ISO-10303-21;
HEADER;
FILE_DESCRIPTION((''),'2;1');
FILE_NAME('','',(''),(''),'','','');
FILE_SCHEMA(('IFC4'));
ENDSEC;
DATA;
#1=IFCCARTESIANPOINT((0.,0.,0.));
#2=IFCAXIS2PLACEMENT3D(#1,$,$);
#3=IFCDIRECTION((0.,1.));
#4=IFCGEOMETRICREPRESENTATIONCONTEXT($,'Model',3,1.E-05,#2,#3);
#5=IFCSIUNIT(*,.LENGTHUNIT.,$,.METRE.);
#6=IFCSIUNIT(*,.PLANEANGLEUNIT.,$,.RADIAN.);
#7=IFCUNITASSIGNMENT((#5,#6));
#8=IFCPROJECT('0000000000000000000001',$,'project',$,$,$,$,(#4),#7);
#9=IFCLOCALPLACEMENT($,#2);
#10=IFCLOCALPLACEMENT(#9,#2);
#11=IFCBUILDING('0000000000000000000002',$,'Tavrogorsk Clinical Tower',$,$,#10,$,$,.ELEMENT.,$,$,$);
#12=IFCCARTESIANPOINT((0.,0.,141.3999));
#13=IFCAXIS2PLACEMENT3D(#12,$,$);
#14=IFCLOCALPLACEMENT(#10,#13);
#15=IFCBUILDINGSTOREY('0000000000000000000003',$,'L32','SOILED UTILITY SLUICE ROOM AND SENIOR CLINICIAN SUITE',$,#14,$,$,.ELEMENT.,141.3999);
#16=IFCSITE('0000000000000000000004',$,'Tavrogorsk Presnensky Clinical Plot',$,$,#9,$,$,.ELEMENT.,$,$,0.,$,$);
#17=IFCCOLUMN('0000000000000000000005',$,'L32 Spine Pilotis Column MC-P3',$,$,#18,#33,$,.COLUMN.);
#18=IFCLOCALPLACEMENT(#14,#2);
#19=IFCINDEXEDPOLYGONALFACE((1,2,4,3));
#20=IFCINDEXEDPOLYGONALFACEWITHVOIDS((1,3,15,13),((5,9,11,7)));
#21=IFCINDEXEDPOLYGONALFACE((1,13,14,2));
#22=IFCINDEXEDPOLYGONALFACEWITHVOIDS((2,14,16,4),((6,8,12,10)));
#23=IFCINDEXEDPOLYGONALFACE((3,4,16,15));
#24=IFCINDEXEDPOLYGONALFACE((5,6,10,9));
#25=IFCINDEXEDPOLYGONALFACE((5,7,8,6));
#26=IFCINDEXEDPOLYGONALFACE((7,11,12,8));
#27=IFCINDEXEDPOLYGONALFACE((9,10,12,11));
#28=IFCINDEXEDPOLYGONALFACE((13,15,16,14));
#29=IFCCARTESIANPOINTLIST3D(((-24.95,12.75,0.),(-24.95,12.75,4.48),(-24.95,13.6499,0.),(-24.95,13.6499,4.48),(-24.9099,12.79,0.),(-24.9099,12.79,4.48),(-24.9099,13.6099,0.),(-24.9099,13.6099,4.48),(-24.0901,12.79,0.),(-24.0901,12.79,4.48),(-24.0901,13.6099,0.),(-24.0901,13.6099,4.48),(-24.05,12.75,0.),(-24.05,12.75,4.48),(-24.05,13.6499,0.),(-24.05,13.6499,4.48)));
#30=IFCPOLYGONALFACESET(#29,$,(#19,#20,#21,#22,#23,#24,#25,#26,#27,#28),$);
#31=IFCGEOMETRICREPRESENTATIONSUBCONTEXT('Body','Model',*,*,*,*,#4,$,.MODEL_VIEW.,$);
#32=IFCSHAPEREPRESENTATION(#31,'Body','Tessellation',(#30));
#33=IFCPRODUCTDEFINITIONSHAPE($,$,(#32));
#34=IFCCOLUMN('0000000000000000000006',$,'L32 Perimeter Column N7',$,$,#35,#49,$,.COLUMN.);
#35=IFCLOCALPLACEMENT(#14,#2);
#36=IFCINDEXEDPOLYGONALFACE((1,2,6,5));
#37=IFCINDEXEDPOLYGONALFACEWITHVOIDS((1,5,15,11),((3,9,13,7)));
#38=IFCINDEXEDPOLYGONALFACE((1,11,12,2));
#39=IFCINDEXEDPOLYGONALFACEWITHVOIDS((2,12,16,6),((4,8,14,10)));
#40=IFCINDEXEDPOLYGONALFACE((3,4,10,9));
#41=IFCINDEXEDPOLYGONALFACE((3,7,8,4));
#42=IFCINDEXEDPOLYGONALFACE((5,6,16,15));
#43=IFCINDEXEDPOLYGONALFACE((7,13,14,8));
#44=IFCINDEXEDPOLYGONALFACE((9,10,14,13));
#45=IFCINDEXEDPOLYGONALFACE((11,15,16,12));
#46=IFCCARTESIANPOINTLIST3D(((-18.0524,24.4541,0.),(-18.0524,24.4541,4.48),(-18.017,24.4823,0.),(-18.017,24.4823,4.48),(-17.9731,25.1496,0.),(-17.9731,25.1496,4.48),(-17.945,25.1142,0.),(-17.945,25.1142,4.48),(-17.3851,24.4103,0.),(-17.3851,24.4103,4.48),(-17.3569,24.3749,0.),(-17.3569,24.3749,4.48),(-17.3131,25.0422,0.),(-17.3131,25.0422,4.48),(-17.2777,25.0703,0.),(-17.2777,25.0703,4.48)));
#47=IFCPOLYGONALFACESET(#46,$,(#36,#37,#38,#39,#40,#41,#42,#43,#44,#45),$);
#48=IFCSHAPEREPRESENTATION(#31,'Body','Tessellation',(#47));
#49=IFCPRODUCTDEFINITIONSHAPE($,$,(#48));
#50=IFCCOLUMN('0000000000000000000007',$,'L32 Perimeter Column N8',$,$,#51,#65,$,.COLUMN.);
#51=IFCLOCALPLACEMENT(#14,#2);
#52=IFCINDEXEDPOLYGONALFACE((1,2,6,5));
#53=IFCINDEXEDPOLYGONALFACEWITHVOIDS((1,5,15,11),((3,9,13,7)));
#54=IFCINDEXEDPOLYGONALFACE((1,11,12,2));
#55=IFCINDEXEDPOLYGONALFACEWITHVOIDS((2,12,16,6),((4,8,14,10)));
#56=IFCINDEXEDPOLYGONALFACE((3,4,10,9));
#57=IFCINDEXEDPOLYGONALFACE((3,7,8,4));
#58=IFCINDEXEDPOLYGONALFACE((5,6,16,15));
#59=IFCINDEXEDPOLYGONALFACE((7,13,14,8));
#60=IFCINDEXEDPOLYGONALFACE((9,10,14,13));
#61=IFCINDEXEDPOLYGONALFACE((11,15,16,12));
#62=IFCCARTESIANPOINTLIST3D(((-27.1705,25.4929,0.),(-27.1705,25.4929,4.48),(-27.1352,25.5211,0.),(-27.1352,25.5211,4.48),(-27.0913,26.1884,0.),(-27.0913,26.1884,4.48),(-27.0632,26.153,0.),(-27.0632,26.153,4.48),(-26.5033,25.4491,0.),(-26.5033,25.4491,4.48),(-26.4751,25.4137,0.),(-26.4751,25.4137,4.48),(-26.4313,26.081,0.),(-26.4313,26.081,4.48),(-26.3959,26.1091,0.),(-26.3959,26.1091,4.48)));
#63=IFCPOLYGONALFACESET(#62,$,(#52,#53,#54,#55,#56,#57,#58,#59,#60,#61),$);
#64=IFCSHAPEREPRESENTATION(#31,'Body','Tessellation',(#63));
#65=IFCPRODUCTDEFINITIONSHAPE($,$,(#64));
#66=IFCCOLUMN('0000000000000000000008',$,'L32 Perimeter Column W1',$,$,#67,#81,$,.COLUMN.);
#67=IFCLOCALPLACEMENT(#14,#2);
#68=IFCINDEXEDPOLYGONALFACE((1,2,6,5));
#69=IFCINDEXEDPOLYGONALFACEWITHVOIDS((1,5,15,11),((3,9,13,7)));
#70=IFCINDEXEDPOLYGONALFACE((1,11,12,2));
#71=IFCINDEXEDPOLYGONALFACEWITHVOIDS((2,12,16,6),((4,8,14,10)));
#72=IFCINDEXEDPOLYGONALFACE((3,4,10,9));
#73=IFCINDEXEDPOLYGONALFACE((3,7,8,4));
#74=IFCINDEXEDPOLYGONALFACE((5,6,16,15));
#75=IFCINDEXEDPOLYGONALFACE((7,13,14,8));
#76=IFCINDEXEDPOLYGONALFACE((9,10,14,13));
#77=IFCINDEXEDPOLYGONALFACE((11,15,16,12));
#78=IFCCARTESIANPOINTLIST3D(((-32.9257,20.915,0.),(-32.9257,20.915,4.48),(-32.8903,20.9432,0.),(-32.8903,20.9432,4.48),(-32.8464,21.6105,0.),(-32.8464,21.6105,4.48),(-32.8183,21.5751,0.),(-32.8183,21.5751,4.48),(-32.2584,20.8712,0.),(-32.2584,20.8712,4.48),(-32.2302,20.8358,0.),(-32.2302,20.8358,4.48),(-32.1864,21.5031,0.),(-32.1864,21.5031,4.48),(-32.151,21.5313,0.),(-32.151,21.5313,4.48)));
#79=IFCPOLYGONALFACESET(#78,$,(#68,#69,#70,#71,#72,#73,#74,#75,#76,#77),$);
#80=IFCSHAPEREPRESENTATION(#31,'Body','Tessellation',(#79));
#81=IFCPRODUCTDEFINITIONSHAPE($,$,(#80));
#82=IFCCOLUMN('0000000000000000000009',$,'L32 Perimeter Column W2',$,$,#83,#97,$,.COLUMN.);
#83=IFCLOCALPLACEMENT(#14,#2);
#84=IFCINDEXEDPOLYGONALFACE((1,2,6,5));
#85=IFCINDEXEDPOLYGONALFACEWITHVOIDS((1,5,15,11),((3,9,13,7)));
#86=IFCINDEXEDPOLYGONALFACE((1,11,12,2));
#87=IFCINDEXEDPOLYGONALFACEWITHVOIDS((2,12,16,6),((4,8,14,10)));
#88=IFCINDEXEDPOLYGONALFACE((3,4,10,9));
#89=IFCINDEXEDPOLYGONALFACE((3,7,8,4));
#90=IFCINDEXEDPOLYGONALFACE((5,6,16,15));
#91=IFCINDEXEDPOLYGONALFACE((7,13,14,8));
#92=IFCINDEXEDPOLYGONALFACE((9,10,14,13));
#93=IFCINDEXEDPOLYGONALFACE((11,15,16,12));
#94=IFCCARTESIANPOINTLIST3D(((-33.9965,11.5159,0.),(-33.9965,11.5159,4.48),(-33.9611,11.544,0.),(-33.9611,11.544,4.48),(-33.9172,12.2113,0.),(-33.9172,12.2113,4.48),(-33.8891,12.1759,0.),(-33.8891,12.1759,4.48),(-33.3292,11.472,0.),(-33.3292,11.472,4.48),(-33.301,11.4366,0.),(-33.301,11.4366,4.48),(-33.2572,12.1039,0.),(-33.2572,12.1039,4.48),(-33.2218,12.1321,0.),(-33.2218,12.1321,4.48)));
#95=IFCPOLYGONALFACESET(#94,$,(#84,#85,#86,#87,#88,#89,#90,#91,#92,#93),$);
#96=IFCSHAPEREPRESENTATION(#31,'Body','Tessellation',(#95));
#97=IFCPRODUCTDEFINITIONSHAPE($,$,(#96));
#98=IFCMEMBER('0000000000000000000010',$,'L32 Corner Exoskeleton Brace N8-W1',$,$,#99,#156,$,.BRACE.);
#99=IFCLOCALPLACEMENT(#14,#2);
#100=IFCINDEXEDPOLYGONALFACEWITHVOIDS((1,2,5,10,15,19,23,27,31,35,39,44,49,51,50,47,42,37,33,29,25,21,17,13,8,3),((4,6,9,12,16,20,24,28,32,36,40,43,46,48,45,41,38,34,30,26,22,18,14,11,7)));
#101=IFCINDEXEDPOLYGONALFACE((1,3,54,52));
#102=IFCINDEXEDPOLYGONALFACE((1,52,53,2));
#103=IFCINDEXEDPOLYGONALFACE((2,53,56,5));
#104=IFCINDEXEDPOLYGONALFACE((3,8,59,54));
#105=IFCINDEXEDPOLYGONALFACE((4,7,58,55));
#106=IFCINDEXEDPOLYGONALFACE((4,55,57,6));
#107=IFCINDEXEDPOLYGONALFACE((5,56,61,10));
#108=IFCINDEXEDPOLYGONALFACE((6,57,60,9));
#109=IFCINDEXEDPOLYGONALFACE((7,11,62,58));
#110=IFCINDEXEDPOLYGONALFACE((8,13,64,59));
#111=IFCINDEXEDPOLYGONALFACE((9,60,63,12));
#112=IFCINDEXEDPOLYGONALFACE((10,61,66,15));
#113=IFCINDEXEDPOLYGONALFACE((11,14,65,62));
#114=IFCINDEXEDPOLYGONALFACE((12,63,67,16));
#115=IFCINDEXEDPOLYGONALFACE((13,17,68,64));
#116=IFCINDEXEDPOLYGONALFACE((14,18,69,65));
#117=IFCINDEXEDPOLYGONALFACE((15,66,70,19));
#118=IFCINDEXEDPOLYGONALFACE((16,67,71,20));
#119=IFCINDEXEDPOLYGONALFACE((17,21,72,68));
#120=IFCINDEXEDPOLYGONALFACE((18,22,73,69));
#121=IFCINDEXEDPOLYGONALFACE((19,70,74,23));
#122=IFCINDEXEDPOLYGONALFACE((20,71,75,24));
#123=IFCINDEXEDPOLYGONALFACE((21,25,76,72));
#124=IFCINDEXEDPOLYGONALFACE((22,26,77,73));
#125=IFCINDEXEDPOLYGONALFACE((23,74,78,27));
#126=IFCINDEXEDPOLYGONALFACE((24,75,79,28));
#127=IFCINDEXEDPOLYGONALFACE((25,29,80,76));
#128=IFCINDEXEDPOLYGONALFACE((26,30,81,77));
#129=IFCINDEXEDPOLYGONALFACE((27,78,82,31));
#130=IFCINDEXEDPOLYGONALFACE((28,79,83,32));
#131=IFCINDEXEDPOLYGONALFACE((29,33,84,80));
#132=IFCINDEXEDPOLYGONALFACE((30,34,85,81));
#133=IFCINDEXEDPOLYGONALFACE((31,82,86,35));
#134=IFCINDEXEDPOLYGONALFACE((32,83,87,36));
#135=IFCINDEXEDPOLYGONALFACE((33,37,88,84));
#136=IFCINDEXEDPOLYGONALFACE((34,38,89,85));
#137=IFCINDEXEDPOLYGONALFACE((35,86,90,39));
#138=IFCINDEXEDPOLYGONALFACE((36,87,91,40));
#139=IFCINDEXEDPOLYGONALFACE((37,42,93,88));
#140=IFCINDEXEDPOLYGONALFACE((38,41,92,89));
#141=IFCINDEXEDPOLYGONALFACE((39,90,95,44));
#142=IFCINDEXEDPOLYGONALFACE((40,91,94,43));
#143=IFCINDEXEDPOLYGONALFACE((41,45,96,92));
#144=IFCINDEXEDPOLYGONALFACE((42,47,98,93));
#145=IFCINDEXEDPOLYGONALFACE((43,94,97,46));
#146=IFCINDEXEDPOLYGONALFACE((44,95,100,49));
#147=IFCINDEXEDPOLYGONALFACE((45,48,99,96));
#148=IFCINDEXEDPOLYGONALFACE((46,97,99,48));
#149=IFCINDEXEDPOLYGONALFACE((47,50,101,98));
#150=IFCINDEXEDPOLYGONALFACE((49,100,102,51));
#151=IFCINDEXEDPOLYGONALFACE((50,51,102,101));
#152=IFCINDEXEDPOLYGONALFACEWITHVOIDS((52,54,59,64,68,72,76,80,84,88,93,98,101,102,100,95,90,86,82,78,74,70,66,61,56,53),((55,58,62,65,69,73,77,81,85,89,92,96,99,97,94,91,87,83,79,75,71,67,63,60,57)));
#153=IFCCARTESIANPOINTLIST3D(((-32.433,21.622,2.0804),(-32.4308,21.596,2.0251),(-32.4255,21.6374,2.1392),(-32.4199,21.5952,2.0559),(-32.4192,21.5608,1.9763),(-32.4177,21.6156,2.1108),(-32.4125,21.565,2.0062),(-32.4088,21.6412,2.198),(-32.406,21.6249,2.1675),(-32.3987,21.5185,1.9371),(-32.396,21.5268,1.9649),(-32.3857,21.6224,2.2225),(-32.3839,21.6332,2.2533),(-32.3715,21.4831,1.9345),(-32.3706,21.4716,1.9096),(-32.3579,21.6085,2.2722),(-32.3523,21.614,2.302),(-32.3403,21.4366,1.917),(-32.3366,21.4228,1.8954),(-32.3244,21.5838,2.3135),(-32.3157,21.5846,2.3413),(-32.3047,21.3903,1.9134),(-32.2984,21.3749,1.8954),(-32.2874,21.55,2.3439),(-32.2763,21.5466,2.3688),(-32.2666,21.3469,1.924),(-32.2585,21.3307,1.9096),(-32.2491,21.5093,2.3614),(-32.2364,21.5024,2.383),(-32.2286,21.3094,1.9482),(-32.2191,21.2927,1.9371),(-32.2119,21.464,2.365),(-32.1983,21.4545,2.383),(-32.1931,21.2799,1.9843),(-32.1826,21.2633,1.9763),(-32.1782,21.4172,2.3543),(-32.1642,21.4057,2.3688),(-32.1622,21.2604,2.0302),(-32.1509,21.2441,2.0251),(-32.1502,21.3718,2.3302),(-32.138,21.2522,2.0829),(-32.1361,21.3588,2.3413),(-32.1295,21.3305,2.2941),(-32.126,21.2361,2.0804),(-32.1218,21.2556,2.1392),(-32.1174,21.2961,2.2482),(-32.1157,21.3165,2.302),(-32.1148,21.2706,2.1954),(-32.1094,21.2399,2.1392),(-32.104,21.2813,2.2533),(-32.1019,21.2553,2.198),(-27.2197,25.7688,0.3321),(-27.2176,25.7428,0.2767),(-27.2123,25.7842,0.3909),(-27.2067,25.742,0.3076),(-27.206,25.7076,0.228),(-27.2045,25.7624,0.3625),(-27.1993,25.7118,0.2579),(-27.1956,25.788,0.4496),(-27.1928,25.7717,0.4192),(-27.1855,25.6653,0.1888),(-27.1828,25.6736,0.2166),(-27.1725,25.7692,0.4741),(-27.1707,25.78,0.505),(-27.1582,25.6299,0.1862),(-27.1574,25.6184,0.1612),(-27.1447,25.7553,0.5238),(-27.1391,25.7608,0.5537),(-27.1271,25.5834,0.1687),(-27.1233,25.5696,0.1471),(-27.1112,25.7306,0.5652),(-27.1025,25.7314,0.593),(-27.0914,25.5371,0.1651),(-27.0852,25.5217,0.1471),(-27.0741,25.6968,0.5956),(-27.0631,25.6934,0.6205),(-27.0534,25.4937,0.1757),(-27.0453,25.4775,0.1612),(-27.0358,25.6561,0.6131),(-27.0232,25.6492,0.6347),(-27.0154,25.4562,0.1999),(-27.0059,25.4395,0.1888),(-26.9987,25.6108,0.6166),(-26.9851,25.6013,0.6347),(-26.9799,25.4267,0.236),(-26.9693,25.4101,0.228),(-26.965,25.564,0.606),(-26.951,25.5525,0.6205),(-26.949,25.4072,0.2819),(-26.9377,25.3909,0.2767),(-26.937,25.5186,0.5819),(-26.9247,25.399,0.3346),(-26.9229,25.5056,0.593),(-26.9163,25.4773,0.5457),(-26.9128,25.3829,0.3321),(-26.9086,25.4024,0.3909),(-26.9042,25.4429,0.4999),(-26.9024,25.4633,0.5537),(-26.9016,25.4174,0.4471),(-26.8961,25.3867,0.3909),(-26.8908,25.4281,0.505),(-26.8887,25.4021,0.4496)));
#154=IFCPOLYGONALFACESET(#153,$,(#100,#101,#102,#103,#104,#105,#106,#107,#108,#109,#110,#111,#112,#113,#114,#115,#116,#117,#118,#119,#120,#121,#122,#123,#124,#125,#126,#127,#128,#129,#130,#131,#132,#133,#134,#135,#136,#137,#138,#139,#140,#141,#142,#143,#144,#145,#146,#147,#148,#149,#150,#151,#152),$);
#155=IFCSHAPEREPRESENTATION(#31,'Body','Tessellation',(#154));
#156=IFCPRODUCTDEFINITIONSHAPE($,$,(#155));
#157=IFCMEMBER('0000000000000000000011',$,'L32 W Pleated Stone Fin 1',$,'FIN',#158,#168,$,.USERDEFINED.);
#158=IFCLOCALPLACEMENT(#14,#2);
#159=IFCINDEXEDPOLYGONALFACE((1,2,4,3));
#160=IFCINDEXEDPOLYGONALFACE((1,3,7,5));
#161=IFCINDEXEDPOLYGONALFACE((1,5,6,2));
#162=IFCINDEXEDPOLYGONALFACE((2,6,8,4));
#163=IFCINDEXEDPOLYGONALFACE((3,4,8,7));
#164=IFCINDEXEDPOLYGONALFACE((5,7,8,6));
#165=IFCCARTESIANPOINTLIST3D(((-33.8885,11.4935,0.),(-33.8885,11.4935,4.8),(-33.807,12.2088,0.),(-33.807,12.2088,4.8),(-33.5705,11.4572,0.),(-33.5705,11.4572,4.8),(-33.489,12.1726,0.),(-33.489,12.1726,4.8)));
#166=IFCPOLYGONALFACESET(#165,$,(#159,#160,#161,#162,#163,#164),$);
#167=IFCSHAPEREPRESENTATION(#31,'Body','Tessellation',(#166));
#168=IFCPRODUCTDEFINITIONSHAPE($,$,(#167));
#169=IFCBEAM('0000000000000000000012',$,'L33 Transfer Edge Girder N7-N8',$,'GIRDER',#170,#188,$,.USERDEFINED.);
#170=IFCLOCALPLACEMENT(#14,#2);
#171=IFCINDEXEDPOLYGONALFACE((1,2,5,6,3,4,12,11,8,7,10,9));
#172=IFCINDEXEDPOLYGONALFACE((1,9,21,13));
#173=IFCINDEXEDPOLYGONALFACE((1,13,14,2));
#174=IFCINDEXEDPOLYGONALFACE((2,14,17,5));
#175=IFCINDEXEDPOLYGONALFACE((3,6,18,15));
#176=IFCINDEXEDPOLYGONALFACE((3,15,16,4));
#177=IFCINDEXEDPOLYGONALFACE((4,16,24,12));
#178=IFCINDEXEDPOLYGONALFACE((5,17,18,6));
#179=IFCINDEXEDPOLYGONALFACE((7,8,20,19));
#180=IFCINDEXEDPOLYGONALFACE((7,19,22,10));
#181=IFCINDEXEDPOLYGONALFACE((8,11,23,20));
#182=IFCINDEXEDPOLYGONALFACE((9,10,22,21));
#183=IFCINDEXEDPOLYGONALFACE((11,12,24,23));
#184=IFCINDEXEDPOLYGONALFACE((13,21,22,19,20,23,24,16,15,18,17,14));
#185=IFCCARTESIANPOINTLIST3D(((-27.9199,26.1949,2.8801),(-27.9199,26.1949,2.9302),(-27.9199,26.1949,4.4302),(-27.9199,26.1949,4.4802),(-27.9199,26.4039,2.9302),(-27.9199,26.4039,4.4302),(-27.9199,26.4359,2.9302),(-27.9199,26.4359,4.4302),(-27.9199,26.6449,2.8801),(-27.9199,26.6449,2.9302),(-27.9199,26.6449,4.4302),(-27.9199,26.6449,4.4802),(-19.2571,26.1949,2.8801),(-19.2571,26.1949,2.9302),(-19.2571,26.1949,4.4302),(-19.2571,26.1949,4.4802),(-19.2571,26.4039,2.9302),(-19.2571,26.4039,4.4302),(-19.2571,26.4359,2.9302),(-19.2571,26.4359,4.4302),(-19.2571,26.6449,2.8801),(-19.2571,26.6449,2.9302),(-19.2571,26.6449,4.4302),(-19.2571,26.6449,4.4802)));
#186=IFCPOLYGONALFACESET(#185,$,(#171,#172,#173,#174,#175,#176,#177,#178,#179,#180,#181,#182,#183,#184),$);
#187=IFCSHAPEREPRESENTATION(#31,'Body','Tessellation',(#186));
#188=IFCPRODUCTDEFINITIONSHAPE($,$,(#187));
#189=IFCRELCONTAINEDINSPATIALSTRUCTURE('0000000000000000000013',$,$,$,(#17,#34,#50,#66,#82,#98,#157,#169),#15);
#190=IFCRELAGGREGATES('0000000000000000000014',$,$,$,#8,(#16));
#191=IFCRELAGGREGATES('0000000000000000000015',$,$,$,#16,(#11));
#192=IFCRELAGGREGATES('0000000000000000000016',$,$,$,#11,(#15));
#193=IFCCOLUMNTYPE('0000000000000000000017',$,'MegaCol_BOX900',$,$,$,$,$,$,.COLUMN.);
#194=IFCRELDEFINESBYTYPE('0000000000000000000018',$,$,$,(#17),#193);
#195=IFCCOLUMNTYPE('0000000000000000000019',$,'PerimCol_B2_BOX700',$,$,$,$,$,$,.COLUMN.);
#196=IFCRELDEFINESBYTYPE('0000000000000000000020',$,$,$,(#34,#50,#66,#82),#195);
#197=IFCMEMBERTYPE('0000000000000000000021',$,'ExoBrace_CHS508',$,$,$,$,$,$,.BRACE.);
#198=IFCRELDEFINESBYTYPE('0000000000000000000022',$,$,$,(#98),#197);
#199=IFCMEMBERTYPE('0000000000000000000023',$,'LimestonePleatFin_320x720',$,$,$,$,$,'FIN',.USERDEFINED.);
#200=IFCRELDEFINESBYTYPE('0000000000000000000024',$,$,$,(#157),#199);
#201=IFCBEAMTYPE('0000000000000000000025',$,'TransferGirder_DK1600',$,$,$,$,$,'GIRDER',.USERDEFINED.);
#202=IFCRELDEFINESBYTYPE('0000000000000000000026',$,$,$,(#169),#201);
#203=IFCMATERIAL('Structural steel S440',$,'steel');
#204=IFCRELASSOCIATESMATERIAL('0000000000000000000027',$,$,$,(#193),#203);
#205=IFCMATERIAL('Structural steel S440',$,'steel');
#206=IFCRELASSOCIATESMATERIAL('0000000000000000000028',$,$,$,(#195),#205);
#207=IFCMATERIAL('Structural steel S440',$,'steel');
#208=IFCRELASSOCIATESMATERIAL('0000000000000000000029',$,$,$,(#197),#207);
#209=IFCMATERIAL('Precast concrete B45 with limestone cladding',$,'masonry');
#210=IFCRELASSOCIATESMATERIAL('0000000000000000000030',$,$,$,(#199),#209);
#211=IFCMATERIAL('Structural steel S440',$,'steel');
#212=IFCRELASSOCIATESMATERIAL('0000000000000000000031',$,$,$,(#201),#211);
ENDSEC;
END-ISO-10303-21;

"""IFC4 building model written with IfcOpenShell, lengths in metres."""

from ifc_helpers import new_model, si_unit, direction, frame, origin, origin_2d, place, context, subcontext, project, spatial, rectangle, hollow_rectangle, hollow_circle, i_section, extrude, material, material_profile, profile_set, type_object, element, save


model = new_model("IFC4")

# Units and contexts
model_context = context("Model", 3, precision=1e-05, world=origin(), true_north=direction((0.0, 1.0)))
body_context = subcontext(model_context, "Body", "Model", "MODEL_VIEW")
ifc_project = project(units=[si_unit("LENGTHUNIT", "METRE"), si_unit("PLANEANGLEUNIT", "RADIAN")], contexts=[model_context])

# Site, building, storey
site_placement = place(None, origin())
site = spatial("IfcSite", under=ifc_project, at=site_placement, Name="Tavrogorsk Presnensky Clinical Plot", CompositionType="ELEMENT", RefElevation=0.0)
building_placement = place(site_placement, origin())
building = spatial("IfcBuilding", under=site, at=building_placement, Name="Tavrogorsk Clinical Tower", CompositionType="ELEMENT")
storey_placement = place(building_placement, frame((0.0, 0.0, 141.3999)))
storey = spatial("IfcBuildingStorey", under=building, at=storey_placement, Name="L32", Description="SOILED UTILITY SLUICE ROOM AND SENIOR CLINICIAN SUITE", CompositionType="ELEMENT", Elevation=141.3999)

# Columns
ifc_material_1 = material(Name="Structural steel S440", Category="steel")
ifc_material_profile_1 = material_profile(ifc_material_1, hollow_rectangle(XDim=0.8999, YDim=0.8999, WallThickness=0.04, at=origin_2d()), Name="BOX-900x900x40")
ifc_profile_set_1 = profile_set([ifc_material_profile_1], Name="Structural steel S440")
column_type_1 = type_object("IfcColumnType", Name="MegaCol_BOX900", PredefinedType="COLUMN", material=ifc_profile_set_1)
column_placement = place(storey_placement, frame((-24.5, 13.2, 0.0), z_axis=(0.0, 0.0, 1.0), x_axis=(1.0, 0.0, 0.0)))
element("IfcColumn", 1, at=column_placement, inside=storey, type_object=column_type_1, Name="L32 Spine Pilotis Column MC-P3", PredefinedType="COLUMN", context=body_context, shape_type="SweptSolid", body=[
    extrude(hollow_rectangle(XDim=0.8999, YDim=0.8999, WallThickness=0.04, at=origin_2d()), origin(), (0.0, 0.0, 1.0), 4.48),
])
ifc_material_2 = material(Name="Structural steel S440", Category="steel")
ifc_material_profile_2 = material_profile(ifc_material_2, hollow_rectangle(XDim=0.7, YDim=0.7, WallThickness=0.032, at=origin_2d()), Name="BOX-700x700x32")
ifc_profile_set_2 = profile_set([ifc_material_profile_2], Name="Structural steel S440")
column_type_2 = type_object("IfcColumnType", Name="PerimCol_B2_BOX700", PredefinedType="COLUMN", material=ifc_profile_set_2)
for number, where, z_axis, x_axis, name in (
    (2, (-17.665, 24.7622, 0.0), (0.0, 0.0, 1.0), (0.993572, -0.113203, 0.0), "L32 Perimeter Column N7"),
    (3, (-26.7832, 25.801, 0.0), (0.0, 0.0, 1.0), (0.993572, -0.113203, 0.0), "L32 Perimeter Column N8"),
    (4, (-32.5383, 21.2231, 0.0), (0.0, 0.0, 1.0), (0.993572, -0.113203, 0.0), "L32 Perimeter Column W1"),
    (5, (-33.6091, 11.824, 0.0), (0.0, 0.0, 1.0), (0.993572, -0.113203, 0.0), "L32 Perimeter Column W2"),
):
    element("IfcColumn", number, at=place(storey_placement, frame(where, z_axis=z_axis, x_axis=x_axis)), inside=storey, type_object=column_type_2, Name=name, PredefinedType="COLUMN", context=body_context, shape_type="SweptSolid", body=[
        extrude(hollow_rectangle(XDim=0.7, YDim=0.7, WallThickness=0.032, at=origin_2d()), origin(), (0.0, 0.0, 1.0), 4.48),
    ])

# Members
ifc_material_3 = material(Name="Structural steel S440", Category="steel")
ifc_material_profile_3 = material_profile(ifc_material_3, hollow_circle(Radius=0.2539, WallThickness=0.02, at=origin_2d()), Name="CHS-508x20")
ifc_profile_set_3 = profile_set([ifc_material_profile_3], Name="Structural steel S440")
member_type_1 = type_object("IfcMemberType", Name="ExoBrace_CHS508", PredefinedType="BRACE", material=ifc_profile_set_3)
member_1_placement = place(storey_placement, frame((-27.0542, 25.5854, 0.3909), z_axis=(-0.75697, -0.602123, 0.253859), x_axis=(0.622516, -0.782607, 0.0)))
element("IfcMember", 6, at=member_1_placement, inside=storey, type_object=member_type_1, Name="L32 Corner Exoskeleton Brace N8-W1", PredefinedType="BRACE", context=body_context, shape_type="SweptSolid", body=[
    extrude(hollow_circle(Radius=0.2539, WallThickness=0.02, at=origin_2d()), origin(), (0.0, 0.0, 1.0), 6.887),
])
ifc_material_4 = material(Name="Precast concrete B45 with limestone cladding", Category="masonry")
ifc_material_profile_4 = material_profile(ifc_material_4, rectangle(XDim=0.3201, YDim=0.72, at=origin_2d()), Name="LIMESTONE-FIN-320x720")
ifc_profile_set_4 = profile_set([ifc_material_profile_4], Name="Precast concrete B45 with limestone cladding")
member_type_2 = type_object("IfcMemberType", Name="LimestonePleatFin_320x720", ElementType="FIN", PredefinedType="USERDEFINED", material=ifc_profile_set_4)
member_2_placement = place(storey_placement, frame((-33.6887, 11.833, 0.0), z_axis=(0.0, 0.0, 1.0), x_axis=(0.993572, -0.113203, 0.0)))
element("IfcMember", 7, at=member_2_placement, inside=storey, type_object=member_type_2, Name="L32 W Pleated Stone Fin 1", ObjectType="FIN", PredefinedType="USERDEFINED", context=body_context, shape_type="SweptSolid", body=[
    extrude(rectangle(XDim=0.3201, YDim=0.72, at=origin_2d()), origin(), (0.0, 0.0, 1.0), 4.8),
])

# Beam
ifc_material_5 = material(Name="Structural steel S440", Category="steel")
ifc_material_profile_5 = material_profile(ifc_material_5, i_section(OverallWidth=0.45, OverallDepth=1.6001, WebThickness=0.032, FlangeThickness=0.05, at=origin_2d()), Name="DK-1600x450x32x50")
ifc_profile_set_5 = profile_set([ifc_material_profile_5], Name="Structural steel S440")
beam_type_1 = type_object("IfcBeamType", Name="TransferGirder_DK1600", ElementType="GIRDER", PredefinedType="USERDEFINED", material=ifc_profile_set_5)
beam_1_placement = place(storey_placement, frame((-19.2571, 26.4199, 3.6802), z_axis=(-1.0, 0.0, 0.0), x_axis=(0.0, -1.0, 0.0)))
element("IfcBeam", 8, at=beam_1_placement, inside=storey, type_object=beam_type_1, Name="L33 Transfer Edge Girder N7-N8", ObjectType="GIRDER", PredefinedType="USERDEFINED", context=body_context, shape_type="SweptSolid", body=[
    extrude(i_section(OverallWidth=0.45, OverallDepth=1.6001, WebThickness=0.032, FlangeThickness=0.05, at=origin_2d()), origin(), (0.0, 0.0, 1.0), 8.6628),
])

save(model, "model.ifc")
